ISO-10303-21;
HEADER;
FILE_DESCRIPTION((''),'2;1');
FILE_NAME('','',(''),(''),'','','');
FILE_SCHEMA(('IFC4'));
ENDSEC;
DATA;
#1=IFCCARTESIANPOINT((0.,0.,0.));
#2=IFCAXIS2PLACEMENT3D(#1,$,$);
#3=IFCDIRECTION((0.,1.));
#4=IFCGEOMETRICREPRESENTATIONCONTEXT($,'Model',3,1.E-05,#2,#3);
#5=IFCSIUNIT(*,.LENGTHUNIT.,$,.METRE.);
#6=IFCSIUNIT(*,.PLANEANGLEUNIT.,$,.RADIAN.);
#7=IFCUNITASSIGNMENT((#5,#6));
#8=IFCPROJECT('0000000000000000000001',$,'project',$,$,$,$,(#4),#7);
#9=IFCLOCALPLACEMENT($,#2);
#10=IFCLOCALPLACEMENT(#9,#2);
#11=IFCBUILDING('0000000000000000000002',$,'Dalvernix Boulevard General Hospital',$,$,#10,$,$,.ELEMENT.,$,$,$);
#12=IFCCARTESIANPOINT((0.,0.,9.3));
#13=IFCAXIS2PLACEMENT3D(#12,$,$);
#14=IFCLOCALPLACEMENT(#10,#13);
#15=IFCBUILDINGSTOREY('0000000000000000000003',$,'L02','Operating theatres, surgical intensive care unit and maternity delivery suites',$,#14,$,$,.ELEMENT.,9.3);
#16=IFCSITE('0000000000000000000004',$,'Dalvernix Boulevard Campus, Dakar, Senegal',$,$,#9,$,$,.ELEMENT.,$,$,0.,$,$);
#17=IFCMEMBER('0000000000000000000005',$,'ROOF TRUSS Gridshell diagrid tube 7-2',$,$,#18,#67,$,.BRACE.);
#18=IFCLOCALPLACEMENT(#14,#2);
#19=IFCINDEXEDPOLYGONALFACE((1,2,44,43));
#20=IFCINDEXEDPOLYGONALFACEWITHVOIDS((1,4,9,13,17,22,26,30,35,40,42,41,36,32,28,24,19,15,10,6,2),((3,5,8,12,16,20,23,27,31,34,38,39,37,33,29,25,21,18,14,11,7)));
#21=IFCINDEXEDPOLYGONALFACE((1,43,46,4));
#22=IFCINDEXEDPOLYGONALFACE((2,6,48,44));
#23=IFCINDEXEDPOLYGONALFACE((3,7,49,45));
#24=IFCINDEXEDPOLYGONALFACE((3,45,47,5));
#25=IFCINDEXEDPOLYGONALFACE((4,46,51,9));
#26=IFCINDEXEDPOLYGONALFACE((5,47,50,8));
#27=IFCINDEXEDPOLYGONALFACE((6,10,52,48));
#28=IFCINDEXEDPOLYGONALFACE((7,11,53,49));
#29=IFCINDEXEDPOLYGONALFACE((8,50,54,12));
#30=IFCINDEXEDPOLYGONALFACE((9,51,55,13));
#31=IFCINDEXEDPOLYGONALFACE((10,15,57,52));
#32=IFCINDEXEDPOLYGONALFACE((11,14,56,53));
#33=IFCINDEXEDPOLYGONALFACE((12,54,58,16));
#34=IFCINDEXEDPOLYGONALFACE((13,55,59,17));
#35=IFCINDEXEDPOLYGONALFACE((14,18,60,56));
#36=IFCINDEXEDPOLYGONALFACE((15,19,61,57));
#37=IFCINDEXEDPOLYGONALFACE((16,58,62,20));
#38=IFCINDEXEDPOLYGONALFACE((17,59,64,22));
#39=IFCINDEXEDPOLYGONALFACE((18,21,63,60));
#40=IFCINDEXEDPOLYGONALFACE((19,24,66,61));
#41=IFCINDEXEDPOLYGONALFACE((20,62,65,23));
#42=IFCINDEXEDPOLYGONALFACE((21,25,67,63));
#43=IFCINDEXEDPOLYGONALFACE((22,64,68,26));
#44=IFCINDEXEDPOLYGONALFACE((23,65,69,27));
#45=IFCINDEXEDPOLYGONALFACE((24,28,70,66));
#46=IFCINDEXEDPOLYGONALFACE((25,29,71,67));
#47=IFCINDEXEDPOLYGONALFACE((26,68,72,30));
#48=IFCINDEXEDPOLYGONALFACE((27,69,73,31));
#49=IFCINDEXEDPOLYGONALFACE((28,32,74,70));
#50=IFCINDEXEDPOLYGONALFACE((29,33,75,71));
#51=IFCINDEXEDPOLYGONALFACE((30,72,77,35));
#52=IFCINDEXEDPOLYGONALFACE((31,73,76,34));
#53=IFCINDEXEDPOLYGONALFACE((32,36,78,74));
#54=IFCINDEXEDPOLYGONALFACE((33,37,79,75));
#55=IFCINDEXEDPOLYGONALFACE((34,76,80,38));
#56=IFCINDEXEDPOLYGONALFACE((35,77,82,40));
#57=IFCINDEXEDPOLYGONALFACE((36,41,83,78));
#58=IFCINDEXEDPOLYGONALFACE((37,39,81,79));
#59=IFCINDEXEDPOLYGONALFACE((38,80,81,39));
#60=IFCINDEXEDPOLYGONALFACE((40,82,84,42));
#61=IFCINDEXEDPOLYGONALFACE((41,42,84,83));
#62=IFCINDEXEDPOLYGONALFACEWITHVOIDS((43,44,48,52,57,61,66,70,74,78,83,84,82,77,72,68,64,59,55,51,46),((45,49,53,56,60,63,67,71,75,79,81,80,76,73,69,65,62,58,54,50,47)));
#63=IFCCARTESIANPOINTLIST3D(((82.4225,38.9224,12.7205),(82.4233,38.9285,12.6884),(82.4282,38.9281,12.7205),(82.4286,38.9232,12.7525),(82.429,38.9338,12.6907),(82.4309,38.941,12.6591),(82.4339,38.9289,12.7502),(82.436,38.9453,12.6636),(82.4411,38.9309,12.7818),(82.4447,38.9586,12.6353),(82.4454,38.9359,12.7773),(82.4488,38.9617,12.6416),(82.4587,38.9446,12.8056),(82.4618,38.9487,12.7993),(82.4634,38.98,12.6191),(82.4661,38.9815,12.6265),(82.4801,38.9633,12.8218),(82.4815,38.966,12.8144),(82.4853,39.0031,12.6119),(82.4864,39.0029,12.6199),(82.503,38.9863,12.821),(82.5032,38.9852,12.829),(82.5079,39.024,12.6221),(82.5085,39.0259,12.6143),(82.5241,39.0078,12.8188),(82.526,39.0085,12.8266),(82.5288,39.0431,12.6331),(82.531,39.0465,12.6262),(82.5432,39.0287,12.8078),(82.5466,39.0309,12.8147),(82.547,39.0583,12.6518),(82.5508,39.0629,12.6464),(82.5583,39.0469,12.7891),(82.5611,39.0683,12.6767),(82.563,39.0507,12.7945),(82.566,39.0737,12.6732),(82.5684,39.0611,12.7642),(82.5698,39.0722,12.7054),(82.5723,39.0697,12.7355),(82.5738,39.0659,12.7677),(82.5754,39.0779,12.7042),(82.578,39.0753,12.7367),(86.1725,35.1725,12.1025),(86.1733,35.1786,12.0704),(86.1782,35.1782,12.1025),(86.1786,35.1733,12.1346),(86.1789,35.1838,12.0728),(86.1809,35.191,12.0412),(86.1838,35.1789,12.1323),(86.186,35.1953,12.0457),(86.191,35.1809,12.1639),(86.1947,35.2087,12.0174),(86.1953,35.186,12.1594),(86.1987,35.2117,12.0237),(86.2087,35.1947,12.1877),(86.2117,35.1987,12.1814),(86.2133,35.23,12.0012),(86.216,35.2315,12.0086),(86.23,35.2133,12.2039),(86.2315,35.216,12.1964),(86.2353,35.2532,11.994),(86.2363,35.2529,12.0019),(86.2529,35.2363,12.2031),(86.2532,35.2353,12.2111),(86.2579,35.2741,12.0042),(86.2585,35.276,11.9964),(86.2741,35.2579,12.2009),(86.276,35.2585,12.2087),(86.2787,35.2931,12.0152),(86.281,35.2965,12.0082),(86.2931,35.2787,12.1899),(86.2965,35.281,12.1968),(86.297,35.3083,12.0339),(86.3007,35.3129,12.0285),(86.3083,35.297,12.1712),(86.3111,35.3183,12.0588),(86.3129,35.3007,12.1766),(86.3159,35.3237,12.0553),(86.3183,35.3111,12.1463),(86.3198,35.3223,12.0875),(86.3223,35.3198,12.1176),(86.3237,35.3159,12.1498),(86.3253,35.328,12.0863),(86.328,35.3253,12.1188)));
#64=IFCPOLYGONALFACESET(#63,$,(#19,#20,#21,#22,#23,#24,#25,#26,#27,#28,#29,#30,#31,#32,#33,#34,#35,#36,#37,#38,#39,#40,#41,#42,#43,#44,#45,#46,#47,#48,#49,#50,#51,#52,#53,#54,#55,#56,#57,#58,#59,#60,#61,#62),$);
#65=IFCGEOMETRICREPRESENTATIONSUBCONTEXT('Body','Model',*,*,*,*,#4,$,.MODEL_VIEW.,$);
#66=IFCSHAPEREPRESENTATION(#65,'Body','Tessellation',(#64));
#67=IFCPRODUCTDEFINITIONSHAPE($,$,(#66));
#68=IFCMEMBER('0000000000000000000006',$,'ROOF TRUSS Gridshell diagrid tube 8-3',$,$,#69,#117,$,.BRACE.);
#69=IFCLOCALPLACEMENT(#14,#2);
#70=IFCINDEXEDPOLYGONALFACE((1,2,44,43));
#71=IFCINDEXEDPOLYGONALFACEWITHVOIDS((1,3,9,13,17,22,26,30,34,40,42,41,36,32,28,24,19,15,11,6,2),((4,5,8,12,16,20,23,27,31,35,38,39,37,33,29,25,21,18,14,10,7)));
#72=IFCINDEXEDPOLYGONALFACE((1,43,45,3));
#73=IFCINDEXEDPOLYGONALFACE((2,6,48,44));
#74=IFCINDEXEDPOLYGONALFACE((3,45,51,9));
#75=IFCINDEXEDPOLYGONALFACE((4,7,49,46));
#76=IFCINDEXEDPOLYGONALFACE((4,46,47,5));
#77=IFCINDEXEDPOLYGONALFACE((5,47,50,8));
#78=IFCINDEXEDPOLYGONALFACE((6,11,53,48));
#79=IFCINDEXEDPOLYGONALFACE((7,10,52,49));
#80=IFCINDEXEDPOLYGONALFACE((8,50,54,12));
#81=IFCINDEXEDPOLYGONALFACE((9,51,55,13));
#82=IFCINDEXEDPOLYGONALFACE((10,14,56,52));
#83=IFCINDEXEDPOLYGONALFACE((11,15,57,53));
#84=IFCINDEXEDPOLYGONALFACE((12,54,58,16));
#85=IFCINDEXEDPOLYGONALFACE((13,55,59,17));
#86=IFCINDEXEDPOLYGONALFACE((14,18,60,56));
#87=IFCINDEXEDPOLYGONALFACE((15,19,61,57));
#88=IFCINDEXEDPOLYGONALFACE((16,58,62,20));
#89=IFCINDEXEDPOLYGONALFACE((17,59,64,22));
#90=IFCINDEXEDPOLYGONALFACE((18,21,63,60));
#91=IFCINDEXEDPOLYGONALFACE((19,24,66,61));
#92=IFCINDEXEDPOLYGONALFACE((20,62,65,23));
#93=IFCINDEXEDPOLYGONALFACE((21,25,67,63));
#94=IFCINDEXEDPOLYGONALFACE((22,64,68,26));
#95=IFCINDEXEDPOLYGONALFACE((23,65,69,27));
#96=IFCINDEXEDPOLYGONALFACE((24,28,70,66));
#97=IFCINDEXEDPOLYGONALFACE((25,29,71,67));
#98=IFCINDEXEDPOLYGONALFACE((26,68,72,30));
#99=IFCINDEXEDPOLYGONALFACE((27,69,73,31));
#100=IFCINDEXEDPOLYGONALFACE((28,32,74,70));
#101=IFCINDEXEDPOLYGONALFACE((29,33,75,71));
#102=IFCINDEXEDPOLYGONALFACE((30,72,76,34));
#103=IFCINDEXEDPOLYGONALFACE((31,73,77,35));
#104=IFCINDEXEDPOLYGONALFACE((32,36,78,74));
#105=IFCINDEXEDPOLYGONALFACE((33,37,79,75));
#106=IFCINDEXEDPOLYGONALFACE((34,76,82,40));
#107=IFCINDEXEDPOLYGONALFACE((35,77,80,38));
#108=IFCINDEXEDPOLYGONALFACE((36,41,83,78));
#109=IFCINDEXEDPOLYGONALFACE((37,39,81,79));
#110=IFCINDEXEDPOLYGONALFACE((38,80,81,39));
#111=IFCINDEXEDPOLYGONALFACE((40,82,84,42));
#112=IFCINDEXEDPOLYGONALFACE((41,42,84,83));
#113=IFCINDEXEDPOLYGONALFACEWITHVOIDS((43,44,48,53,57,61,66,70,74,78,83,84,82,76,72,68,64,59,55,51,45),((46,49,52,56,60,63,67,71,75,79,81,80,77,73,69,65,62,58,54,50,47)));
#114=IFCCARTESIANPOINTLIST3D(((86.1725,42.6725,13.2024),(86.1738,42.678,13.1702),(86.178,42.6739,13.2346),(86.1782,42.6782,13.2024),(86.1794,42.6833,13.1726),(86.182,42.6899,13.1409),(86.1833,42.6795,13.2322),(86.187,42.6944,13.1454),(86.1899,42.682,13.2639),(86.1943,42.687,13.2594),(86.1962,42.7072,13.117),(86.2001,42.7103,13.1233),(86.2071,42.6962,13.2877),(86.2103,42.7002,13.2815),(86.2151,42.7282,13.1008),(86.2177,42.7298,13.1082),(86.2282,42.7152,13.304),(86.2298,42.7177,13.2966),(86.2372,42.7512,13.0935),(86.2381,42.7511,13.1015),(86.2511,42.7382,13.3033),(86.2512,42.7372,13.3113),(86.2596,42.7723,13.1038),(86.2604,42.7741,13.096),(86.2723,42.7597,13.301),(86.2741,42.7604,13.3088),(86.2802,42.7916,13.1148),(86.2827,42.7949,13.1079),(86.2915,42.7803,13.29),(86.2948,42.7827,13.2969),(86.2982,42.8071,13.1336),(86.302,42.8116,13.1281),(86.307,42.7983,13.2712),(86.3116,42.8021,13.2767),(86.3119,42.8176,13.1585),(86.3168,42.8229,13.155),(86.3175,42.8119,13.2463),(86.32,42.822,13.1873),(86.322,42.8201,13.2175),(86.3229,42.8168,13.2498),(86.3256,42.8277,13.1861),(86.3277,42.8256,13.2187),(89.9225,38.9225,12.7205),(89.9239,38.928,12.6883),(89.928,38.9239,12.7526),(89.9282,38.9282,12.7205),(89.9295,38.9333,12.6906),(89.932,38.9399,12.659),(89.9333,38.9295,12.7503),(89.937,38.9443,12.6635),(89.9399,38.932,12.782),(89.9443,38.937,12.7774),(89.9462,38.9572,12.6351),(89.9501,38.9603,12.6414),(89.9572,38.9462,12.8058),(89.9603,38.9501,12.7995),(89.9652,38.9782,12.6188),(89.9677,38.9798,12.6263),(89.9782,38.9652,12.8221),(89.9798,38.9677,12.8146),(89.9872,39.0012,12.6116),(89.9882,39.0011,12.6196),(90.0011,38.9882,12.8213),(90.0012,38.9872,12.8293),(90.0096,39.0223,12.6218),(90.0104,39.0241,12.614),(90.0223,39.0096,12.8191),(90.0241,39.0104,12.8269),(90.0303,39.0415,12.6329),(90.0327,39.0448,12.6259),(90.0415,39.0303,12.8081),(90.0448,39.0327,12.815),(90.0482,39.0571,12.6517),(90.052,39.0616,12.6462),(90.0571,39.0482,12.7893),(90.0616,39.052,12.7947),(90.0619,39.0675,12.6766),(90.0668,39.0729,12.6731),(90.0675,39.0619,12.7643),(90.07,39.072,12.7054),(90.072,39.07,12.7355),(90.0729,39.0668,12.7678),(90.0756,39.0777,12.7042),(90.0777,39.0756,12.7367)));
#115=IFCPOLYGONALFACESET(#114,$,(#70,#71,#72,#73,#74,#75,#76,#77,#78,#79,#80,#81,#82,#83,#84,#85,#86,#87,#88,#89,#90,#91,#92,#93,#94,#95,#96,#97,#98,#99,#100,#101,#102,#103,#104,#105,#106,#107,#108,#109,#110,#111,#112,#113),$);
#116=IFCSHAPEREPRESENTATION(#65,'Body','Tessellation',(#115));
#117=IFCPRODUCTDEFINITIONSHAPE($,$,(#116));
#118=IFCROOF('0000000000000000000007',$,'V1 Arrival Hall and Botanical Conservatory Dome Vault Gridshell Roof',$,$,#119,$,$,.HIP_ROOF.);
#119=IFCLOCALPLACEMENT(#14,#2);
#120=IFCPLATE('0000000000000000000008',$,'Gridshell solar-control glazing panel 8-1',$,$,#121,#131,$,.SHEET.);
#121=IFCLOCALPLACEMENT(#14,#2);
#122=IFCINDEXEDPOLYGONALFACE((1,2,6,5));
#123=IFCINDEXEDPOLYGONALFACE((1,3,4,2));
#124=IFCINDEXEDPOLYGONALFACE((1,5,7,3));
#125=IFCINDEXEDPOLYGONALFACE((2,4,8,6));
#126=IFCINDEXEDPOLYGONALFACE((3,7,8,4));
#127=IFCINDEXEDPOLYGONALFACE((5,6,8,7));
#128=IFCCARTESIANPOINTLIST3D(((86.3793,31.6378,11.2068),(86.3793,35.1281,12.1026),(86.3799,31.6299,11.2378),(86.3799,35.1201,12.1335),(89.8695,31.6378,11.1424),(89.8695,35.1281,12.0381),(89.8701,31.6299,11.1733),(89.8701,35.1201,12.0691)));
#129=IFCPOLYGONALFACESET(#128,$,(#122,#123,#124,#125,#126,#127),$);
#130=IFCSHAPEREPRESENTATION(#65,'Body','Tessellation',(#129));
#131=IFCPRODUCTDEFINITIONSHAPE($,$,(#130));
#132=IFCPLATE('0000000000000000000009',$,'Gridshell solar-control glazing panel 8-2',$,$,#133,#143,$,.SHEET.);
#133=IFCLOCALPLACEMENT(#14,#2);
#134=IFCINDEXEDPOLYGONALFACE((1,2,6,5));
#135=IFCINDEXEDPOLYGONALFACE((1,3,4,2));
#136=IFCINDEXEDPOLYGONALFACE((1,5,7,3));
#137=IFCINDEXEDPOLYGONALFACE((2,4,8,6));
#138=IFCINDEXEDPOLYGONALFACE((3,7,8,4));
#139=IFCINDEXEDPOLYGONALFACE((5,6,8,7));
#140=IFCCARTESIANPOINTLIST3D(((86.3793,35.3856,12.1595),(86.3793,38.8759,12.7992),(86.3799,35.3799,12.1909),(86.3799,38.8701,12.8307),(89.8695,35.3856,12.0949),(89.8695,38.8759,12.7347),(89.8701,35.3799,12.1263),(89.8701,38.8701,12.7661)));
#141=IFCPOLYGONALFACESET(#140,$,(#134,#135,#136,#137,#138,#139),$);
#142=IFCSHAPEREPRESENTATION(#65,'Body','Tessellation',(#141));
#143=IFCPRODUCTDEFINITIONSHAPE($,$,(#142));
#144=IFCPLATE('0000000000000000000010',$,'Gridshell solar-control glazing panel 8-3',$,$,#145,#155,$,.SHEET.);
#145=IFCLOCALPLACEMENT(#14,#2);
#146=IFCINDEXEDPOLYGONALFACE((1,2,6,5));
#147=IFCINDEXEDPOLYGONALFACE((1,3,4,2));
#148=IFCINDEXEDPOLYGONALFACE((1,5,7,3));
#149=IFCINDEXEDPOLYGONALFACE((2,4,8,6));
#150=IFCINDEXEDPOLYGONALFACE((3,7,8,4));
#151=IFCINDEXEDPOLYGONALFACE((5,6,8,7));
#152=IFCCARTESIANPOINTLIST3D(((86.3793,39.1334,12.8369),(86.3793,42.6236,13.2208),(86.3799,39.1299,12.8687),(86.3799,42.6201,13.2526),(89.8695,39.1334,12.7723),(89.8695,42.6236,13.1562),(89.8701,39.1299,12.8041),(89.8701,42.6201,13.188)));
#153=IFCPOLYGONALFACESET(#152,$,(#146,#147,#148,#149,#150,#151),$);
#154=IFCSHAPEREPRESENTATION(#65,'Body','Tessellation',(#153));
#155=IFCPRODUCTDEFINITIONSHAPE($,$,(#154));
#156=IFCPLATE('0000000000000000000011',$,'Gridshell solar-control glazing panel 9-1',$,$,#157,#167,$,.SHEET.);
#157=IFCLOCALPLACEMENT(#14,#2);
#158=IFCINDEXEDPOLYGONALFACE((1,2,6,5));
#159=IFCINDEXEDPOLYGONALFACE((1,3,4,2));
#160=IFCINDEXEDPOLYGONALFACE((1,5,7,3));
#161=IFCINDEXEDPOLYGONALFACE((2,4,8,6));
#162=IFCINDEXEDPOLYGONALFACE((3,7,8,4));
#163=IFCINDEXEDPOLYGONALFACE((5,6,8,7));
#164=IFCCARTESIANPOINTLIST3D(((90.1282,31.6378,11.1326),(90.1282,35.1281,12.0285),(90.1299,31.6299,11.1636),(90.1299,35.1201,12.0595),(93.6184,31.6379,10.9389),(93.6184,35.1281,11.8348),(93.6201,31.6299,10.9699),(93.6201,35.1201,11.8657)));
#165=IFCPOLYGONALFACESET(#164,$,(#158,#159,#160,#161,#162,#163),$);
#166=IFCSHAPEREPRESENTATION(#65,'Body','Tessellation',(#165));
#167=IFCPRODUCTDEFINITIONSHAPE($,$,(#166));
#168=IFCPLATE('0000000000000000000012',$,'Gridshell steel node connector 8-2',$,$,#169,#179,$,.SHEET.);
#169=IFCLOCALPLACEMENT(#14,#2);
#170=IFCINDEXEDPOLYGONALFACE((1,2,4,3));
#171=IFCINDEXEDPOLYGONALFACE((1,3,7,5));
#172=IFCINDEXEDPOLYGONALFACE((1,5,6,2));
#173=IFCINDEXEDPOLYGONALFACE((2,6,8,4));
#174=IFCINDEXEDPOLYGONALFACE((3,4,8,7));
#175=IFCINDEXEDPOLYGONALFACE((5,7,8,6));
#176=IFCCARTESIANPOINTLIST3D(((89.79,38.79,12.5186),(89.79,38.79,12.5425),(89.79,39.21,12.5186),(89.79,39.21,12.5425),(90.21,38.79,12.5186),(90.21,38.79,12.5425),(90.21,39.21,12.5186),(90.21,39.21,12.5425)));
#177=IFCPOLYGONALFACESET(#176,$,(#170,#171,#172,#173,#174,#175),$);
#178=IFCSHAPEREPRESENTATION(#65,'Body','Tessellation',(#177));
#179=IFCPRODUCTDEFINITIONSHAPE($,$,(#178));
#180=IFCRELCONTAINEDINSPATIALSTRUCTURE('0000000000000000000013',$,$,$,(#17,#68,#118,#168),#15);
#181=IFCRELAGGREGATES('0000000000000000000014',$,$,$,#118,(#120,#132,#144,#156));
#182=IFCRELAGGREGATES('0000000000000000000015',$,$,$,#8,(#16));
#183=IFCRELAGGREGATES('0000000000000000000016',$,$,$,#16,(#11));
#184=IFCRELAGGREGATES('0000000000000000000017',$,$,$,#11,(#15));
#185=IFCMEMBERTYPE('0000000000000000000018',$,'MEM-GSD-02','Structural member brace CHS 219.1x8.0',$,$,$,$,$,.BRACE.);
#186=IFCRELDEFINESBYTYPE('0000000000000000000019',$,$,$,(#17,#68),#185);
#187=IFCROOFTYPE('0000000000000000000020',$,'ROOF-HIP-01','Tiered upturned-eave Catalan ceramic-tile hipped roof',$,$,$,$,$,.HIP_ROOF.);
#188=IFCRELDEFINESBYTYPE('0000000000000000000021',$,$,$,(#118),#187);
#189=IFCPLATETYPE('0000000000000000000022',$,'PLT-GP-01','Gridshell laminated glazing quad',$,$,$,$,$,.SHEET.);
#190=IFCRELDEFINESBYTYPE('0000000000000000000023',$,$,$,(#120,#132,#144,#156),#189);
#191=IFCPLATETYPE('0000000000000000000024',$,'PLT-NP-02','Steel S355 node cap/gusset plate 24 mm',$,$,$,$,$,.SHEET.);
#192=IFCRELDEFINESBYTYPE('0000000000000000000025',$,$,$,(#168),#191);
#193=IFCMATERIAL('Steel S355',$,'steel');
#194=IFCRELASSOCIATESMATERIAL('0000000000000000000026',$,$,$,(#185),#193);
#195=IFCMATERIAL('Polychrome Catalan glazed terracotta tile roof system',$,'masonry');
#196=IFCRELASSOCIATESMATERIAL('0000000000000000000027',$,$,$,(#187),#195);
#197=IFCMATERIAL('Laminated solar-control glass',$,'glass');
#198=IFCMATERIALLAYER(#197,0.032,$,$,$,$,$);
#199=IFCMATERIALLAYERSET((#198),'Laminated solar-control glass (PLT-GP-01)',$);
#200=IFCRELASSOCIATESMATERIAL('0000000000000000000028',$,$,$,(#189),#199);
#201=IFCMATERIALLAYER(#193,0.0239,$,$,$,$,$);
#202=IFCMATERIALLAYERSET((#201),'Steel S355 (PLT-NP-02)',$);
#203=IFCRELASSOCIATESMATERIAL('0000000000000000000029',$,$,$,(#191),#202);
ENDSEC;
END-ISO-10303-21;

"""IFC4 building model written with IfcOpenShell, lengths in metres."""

from ifc_helpers import new_model, si_unit, direction, frame, origin, origin_2d, place, context, subcontext, project, spatial, polyline, rectangle, hollow_circle, outline, extrude, material, layer, layer_set, material_profile, profile_set, type_object, element, aggregate, save


model = new_model("IFC4")

# Units and contexts
model_context = context("Model", 3, precision=1e-05, world=origin(), true_north=direction((0.0, 1.0)))
body_context = subcontext(model_context, "Body", "Model", "MODEL_VIEW")
ifc_project = project(units=[si_unit("LENGTHUNIT", "METRE"), si_unit("PLANEANGLEUNIT", "RADIAN")], contexts=[model_context])

# Site, building, storey
site_placement = place(None, origin())
site = spatial("IfcSite", under=ifc_project, at=site_placement, Name="Dalvernix Boulevard Campus, Dakar, Senegal", CompositionType="ELEMENT", RefElevation=0.0)
building_placement = place(site_placement, origin())
building = spatial("IfcBuilding", under=site, at=building_placement, Name="Dalvernix Boulevard General Hospital", CompositionType="ELEMENT")
storey_placement = place(building_placement, frame((0.0, 0.0, 9.3)))
storey = spatial("IfcBuildingStorey", under=building, at=storey_placement, Name="L02", Description="Operating theatres, surgical intensive care unit and maternity delivery suites", CompositionType="ELEMENT", Elevation=9.3)

# Shared definitions
ifc_material_1 = material(Name="Steel S355", Category="steel")

# Members
ifc_material_profile_1 = material_profile(ifc_material_1, hollow_circle(Radius=0.1096, WallThickness=0.0081, at=origin_2d()), Name="CHS 219.1x8.0")
ifc_profile_set_1 = profile_set([ifc_material_profile_1], Name="Steel S355")
member_type_1 = type_object("IfcMemberType", Name="MEM-GSD-02", Description="Structural member brace CHS 219.1x8.0", PredefinedType="BRACE", material=ifc_profile_set_1)
member_1_placement = place(storey_placement, frame((86.25, 35.25, 12.1025), z_axis=(-0.702355, 0.702355, 0.115733), x_axis=(-0.707107, -0.707107, 0.0)))
element("IfcMember", 1, at=member_1_placement, inside=storey, type_object=member_type_1, Name="ROOF TRUSS Gridshell diagrid tube 7-2", PredefinedType="BRACE", context=body_context, shape_type="SweptSolid", body=[
    extrude(hollow_circle(Radius=0.1096, WallThickness=0.0081, at=origin_2d()), origin(), (0.0, 0.0, 1.0), 5.3391),
])
member_2_placement = place(storey_placement, frame((90.0, 39.0, 12.7205), z_axis=(-0.704205, 0.704205, 0.090501), x_axis=(-0.707107, -0.707107, 0.0)))
element("IfcMember", 2, at=member_2_placement, inside=storey, type_object=member_type_1, Name="ROOF TRUSS Gridshell diagrid tube 8-3", PredefinedType="BRACE", context=body_context, shape_type="SweptSolid", body=[
    extrude(hollow_circle(Radius=0.1096, WallThickness=0.0081, at=origin_2d()), origin(), (0.0, 0.0, 1.0), 5.3252),
])

# Roof, plates
ifc_material_2 = material(Name="Polychrome Catalan glazed terracotta tile roof system", Category="masonry")
roof_type = type_object("IfcRoofType", Name="ROOF-HIP-01", Description="Tiered upturned-eave Catalan ceramic-tile hipped roof", PredefinedType="HIP_ROOF", material=ifc_material_2)
roof_placement = place(storey_placement, origin())
roof = element("IfcRoof", 3, at=roof_placement, inside=storey, type_object=roof_type, Name="V1 Arrival Hall and Botanical Conservatory Dome Vault Gridshell Roof", PredefinedType="HIP_ROOF")
ifc_material_3 = material(Name="Laminated solar-control glass", Category="glass")
ifc_layer_1 = layer(ifc_material_3, 0.032)
ifc_layer_set_1 = layer_set([ifc_layer_1], Name="Laminated solar-control glass (PLT-GP-01)")
plate_type_1 = type_object("IfcPlateType", Name="PLT-GP-01", Description="Gridshell laminated glazing quad", PredefinedType="SHEET", material=ifc_layer_set_1)
plate_1_placement = place(storey_placement, frame((86.3799, 31.6299, 11.2378), z_axis=(0.017884, -0.248549, 0.968454), x_axis=(0.99983, 0.0, -0.018464)))
plate_1 = element("IfcPlate", 4, at=plate_1_placement, type_object=plate_type_1, Name="Gridshell solar-control glazing panel 8-1", PredefinedType="SHEET", context=body_context, shape_type="SweptSolid", body=[
    extrude(outline(polyline([(0.0, 0.0), (3.4908, 0.0), (3.4743, 3.6033), (-0.0165, 3.6033), (0.0, 0.0)])), origin(), (0.0, 0.0, -1.0), 0.032),
])
plate_2_placement = place(storey_placement, frame((86.3799, 35.3799, 12.1909), z_axis=(0.018195, -0.180269, 0.983449), x_axis=(0.999829, -0.000006, -0.0185)))
plate_2 = element("IfcPlate", 5, at=plate_2_placement, type_object=plate_type_1, Name="Gridshell solar-control glazing panel 8-2", PredefinedType="SHEET", context=body_context, shape_type="SweptSolid", body=[
    extrude(outline(polyline([(0.0, 0.0), (3.4908, 0.0), (3.479, 3.5484), (-0.0119, 3.5483), (0.0, 0.0)])), origin(), (0.0, 0.0, -1.0), 0.032),
])
plate_3_placement = place(storey_placement, frame((86.3799, 39.1299, 12.8687), z_axis=(0.018388, -0.109318, 0.993837), x_axis=(0.999829, 0.000004, -0.018498)))
plate_3 = element("IfcPlate", 6, at=plate_3_placement, type_object=plate_type_1, Name="Gridshell solar-control glazing panel 8-3", PredefinedType="SHEET", context=body_context, shape_type="SweptSolid", body=[
    extrude(outline(polyline([(0.0, 0.0), (3.4908, 0.0), (3.4837, 3.5113), (-0.0071, 3.5113), (0.0, 0.0)])), origin(), (0.0, 0.0, -1.0), 0.032),
])
plate_4_placement = place(storey_placement, frame((90.1299, 31.6299, 11.1636), z_axis=(0.053685, -0.248262, 0.967204), x_axis=(0.998463, 0.000008, -0.055418)))
plate_4 = element("IfcPlate", 7, at=plate_4_placement, type_object=plate_type_1, Name="Gridshell solar-control glazing panel 9-1", PredefinedType="SHEET", context=body_context, shape_type="SweptSolid", body=[
    extrude(outline(polyline([(0.0, 0.0), (3.4956, 0.0), (3.446, 3.603), (-0.0496, 3.6031), (0.0, 0.0)])), origin(), (0.0, 0.0, -1.0), 0.032),
])
aggregate(roof, [plate_1, plate_2, plate_3, plate_4])

# Plate
ifc_layer_2 = layer(ifc_material_1, 0.0239)
ifc_layer_set_2 = layer_set([ifc_layer_2], Name="Steel S355 (PLT-NP-02)")
plate_type_2 = type_object("IfcPlateType", Name="PLT-NP-02", Description="Steel S355 node cap/gusset plate 24 mm", PredefinedType="SHEET", material=ifc_layer_set_2)
plate_5_placement = place(storey_placement, frame((90.0, 39.0, 12.5186), z_axis=(0.0, 0.0, 1.0), x_axis=(1.0, 0.0, 0.0)))
element("IfcPlate", 8, at=plate_5_placement, inside=storey, type_object=plate_type_2, Name="Gridshell steel node connector 8-2", PredefinedType="SHEET", context=body_context, shape_type="SweptSolid", body=[
    extrude(rectangle(XDim=0.4199, YDim=0.4199, at=origin_2d()), origin(), (0.0, 0.0, 1.0), 0.0239),
])

save(model, "model.ifc")
